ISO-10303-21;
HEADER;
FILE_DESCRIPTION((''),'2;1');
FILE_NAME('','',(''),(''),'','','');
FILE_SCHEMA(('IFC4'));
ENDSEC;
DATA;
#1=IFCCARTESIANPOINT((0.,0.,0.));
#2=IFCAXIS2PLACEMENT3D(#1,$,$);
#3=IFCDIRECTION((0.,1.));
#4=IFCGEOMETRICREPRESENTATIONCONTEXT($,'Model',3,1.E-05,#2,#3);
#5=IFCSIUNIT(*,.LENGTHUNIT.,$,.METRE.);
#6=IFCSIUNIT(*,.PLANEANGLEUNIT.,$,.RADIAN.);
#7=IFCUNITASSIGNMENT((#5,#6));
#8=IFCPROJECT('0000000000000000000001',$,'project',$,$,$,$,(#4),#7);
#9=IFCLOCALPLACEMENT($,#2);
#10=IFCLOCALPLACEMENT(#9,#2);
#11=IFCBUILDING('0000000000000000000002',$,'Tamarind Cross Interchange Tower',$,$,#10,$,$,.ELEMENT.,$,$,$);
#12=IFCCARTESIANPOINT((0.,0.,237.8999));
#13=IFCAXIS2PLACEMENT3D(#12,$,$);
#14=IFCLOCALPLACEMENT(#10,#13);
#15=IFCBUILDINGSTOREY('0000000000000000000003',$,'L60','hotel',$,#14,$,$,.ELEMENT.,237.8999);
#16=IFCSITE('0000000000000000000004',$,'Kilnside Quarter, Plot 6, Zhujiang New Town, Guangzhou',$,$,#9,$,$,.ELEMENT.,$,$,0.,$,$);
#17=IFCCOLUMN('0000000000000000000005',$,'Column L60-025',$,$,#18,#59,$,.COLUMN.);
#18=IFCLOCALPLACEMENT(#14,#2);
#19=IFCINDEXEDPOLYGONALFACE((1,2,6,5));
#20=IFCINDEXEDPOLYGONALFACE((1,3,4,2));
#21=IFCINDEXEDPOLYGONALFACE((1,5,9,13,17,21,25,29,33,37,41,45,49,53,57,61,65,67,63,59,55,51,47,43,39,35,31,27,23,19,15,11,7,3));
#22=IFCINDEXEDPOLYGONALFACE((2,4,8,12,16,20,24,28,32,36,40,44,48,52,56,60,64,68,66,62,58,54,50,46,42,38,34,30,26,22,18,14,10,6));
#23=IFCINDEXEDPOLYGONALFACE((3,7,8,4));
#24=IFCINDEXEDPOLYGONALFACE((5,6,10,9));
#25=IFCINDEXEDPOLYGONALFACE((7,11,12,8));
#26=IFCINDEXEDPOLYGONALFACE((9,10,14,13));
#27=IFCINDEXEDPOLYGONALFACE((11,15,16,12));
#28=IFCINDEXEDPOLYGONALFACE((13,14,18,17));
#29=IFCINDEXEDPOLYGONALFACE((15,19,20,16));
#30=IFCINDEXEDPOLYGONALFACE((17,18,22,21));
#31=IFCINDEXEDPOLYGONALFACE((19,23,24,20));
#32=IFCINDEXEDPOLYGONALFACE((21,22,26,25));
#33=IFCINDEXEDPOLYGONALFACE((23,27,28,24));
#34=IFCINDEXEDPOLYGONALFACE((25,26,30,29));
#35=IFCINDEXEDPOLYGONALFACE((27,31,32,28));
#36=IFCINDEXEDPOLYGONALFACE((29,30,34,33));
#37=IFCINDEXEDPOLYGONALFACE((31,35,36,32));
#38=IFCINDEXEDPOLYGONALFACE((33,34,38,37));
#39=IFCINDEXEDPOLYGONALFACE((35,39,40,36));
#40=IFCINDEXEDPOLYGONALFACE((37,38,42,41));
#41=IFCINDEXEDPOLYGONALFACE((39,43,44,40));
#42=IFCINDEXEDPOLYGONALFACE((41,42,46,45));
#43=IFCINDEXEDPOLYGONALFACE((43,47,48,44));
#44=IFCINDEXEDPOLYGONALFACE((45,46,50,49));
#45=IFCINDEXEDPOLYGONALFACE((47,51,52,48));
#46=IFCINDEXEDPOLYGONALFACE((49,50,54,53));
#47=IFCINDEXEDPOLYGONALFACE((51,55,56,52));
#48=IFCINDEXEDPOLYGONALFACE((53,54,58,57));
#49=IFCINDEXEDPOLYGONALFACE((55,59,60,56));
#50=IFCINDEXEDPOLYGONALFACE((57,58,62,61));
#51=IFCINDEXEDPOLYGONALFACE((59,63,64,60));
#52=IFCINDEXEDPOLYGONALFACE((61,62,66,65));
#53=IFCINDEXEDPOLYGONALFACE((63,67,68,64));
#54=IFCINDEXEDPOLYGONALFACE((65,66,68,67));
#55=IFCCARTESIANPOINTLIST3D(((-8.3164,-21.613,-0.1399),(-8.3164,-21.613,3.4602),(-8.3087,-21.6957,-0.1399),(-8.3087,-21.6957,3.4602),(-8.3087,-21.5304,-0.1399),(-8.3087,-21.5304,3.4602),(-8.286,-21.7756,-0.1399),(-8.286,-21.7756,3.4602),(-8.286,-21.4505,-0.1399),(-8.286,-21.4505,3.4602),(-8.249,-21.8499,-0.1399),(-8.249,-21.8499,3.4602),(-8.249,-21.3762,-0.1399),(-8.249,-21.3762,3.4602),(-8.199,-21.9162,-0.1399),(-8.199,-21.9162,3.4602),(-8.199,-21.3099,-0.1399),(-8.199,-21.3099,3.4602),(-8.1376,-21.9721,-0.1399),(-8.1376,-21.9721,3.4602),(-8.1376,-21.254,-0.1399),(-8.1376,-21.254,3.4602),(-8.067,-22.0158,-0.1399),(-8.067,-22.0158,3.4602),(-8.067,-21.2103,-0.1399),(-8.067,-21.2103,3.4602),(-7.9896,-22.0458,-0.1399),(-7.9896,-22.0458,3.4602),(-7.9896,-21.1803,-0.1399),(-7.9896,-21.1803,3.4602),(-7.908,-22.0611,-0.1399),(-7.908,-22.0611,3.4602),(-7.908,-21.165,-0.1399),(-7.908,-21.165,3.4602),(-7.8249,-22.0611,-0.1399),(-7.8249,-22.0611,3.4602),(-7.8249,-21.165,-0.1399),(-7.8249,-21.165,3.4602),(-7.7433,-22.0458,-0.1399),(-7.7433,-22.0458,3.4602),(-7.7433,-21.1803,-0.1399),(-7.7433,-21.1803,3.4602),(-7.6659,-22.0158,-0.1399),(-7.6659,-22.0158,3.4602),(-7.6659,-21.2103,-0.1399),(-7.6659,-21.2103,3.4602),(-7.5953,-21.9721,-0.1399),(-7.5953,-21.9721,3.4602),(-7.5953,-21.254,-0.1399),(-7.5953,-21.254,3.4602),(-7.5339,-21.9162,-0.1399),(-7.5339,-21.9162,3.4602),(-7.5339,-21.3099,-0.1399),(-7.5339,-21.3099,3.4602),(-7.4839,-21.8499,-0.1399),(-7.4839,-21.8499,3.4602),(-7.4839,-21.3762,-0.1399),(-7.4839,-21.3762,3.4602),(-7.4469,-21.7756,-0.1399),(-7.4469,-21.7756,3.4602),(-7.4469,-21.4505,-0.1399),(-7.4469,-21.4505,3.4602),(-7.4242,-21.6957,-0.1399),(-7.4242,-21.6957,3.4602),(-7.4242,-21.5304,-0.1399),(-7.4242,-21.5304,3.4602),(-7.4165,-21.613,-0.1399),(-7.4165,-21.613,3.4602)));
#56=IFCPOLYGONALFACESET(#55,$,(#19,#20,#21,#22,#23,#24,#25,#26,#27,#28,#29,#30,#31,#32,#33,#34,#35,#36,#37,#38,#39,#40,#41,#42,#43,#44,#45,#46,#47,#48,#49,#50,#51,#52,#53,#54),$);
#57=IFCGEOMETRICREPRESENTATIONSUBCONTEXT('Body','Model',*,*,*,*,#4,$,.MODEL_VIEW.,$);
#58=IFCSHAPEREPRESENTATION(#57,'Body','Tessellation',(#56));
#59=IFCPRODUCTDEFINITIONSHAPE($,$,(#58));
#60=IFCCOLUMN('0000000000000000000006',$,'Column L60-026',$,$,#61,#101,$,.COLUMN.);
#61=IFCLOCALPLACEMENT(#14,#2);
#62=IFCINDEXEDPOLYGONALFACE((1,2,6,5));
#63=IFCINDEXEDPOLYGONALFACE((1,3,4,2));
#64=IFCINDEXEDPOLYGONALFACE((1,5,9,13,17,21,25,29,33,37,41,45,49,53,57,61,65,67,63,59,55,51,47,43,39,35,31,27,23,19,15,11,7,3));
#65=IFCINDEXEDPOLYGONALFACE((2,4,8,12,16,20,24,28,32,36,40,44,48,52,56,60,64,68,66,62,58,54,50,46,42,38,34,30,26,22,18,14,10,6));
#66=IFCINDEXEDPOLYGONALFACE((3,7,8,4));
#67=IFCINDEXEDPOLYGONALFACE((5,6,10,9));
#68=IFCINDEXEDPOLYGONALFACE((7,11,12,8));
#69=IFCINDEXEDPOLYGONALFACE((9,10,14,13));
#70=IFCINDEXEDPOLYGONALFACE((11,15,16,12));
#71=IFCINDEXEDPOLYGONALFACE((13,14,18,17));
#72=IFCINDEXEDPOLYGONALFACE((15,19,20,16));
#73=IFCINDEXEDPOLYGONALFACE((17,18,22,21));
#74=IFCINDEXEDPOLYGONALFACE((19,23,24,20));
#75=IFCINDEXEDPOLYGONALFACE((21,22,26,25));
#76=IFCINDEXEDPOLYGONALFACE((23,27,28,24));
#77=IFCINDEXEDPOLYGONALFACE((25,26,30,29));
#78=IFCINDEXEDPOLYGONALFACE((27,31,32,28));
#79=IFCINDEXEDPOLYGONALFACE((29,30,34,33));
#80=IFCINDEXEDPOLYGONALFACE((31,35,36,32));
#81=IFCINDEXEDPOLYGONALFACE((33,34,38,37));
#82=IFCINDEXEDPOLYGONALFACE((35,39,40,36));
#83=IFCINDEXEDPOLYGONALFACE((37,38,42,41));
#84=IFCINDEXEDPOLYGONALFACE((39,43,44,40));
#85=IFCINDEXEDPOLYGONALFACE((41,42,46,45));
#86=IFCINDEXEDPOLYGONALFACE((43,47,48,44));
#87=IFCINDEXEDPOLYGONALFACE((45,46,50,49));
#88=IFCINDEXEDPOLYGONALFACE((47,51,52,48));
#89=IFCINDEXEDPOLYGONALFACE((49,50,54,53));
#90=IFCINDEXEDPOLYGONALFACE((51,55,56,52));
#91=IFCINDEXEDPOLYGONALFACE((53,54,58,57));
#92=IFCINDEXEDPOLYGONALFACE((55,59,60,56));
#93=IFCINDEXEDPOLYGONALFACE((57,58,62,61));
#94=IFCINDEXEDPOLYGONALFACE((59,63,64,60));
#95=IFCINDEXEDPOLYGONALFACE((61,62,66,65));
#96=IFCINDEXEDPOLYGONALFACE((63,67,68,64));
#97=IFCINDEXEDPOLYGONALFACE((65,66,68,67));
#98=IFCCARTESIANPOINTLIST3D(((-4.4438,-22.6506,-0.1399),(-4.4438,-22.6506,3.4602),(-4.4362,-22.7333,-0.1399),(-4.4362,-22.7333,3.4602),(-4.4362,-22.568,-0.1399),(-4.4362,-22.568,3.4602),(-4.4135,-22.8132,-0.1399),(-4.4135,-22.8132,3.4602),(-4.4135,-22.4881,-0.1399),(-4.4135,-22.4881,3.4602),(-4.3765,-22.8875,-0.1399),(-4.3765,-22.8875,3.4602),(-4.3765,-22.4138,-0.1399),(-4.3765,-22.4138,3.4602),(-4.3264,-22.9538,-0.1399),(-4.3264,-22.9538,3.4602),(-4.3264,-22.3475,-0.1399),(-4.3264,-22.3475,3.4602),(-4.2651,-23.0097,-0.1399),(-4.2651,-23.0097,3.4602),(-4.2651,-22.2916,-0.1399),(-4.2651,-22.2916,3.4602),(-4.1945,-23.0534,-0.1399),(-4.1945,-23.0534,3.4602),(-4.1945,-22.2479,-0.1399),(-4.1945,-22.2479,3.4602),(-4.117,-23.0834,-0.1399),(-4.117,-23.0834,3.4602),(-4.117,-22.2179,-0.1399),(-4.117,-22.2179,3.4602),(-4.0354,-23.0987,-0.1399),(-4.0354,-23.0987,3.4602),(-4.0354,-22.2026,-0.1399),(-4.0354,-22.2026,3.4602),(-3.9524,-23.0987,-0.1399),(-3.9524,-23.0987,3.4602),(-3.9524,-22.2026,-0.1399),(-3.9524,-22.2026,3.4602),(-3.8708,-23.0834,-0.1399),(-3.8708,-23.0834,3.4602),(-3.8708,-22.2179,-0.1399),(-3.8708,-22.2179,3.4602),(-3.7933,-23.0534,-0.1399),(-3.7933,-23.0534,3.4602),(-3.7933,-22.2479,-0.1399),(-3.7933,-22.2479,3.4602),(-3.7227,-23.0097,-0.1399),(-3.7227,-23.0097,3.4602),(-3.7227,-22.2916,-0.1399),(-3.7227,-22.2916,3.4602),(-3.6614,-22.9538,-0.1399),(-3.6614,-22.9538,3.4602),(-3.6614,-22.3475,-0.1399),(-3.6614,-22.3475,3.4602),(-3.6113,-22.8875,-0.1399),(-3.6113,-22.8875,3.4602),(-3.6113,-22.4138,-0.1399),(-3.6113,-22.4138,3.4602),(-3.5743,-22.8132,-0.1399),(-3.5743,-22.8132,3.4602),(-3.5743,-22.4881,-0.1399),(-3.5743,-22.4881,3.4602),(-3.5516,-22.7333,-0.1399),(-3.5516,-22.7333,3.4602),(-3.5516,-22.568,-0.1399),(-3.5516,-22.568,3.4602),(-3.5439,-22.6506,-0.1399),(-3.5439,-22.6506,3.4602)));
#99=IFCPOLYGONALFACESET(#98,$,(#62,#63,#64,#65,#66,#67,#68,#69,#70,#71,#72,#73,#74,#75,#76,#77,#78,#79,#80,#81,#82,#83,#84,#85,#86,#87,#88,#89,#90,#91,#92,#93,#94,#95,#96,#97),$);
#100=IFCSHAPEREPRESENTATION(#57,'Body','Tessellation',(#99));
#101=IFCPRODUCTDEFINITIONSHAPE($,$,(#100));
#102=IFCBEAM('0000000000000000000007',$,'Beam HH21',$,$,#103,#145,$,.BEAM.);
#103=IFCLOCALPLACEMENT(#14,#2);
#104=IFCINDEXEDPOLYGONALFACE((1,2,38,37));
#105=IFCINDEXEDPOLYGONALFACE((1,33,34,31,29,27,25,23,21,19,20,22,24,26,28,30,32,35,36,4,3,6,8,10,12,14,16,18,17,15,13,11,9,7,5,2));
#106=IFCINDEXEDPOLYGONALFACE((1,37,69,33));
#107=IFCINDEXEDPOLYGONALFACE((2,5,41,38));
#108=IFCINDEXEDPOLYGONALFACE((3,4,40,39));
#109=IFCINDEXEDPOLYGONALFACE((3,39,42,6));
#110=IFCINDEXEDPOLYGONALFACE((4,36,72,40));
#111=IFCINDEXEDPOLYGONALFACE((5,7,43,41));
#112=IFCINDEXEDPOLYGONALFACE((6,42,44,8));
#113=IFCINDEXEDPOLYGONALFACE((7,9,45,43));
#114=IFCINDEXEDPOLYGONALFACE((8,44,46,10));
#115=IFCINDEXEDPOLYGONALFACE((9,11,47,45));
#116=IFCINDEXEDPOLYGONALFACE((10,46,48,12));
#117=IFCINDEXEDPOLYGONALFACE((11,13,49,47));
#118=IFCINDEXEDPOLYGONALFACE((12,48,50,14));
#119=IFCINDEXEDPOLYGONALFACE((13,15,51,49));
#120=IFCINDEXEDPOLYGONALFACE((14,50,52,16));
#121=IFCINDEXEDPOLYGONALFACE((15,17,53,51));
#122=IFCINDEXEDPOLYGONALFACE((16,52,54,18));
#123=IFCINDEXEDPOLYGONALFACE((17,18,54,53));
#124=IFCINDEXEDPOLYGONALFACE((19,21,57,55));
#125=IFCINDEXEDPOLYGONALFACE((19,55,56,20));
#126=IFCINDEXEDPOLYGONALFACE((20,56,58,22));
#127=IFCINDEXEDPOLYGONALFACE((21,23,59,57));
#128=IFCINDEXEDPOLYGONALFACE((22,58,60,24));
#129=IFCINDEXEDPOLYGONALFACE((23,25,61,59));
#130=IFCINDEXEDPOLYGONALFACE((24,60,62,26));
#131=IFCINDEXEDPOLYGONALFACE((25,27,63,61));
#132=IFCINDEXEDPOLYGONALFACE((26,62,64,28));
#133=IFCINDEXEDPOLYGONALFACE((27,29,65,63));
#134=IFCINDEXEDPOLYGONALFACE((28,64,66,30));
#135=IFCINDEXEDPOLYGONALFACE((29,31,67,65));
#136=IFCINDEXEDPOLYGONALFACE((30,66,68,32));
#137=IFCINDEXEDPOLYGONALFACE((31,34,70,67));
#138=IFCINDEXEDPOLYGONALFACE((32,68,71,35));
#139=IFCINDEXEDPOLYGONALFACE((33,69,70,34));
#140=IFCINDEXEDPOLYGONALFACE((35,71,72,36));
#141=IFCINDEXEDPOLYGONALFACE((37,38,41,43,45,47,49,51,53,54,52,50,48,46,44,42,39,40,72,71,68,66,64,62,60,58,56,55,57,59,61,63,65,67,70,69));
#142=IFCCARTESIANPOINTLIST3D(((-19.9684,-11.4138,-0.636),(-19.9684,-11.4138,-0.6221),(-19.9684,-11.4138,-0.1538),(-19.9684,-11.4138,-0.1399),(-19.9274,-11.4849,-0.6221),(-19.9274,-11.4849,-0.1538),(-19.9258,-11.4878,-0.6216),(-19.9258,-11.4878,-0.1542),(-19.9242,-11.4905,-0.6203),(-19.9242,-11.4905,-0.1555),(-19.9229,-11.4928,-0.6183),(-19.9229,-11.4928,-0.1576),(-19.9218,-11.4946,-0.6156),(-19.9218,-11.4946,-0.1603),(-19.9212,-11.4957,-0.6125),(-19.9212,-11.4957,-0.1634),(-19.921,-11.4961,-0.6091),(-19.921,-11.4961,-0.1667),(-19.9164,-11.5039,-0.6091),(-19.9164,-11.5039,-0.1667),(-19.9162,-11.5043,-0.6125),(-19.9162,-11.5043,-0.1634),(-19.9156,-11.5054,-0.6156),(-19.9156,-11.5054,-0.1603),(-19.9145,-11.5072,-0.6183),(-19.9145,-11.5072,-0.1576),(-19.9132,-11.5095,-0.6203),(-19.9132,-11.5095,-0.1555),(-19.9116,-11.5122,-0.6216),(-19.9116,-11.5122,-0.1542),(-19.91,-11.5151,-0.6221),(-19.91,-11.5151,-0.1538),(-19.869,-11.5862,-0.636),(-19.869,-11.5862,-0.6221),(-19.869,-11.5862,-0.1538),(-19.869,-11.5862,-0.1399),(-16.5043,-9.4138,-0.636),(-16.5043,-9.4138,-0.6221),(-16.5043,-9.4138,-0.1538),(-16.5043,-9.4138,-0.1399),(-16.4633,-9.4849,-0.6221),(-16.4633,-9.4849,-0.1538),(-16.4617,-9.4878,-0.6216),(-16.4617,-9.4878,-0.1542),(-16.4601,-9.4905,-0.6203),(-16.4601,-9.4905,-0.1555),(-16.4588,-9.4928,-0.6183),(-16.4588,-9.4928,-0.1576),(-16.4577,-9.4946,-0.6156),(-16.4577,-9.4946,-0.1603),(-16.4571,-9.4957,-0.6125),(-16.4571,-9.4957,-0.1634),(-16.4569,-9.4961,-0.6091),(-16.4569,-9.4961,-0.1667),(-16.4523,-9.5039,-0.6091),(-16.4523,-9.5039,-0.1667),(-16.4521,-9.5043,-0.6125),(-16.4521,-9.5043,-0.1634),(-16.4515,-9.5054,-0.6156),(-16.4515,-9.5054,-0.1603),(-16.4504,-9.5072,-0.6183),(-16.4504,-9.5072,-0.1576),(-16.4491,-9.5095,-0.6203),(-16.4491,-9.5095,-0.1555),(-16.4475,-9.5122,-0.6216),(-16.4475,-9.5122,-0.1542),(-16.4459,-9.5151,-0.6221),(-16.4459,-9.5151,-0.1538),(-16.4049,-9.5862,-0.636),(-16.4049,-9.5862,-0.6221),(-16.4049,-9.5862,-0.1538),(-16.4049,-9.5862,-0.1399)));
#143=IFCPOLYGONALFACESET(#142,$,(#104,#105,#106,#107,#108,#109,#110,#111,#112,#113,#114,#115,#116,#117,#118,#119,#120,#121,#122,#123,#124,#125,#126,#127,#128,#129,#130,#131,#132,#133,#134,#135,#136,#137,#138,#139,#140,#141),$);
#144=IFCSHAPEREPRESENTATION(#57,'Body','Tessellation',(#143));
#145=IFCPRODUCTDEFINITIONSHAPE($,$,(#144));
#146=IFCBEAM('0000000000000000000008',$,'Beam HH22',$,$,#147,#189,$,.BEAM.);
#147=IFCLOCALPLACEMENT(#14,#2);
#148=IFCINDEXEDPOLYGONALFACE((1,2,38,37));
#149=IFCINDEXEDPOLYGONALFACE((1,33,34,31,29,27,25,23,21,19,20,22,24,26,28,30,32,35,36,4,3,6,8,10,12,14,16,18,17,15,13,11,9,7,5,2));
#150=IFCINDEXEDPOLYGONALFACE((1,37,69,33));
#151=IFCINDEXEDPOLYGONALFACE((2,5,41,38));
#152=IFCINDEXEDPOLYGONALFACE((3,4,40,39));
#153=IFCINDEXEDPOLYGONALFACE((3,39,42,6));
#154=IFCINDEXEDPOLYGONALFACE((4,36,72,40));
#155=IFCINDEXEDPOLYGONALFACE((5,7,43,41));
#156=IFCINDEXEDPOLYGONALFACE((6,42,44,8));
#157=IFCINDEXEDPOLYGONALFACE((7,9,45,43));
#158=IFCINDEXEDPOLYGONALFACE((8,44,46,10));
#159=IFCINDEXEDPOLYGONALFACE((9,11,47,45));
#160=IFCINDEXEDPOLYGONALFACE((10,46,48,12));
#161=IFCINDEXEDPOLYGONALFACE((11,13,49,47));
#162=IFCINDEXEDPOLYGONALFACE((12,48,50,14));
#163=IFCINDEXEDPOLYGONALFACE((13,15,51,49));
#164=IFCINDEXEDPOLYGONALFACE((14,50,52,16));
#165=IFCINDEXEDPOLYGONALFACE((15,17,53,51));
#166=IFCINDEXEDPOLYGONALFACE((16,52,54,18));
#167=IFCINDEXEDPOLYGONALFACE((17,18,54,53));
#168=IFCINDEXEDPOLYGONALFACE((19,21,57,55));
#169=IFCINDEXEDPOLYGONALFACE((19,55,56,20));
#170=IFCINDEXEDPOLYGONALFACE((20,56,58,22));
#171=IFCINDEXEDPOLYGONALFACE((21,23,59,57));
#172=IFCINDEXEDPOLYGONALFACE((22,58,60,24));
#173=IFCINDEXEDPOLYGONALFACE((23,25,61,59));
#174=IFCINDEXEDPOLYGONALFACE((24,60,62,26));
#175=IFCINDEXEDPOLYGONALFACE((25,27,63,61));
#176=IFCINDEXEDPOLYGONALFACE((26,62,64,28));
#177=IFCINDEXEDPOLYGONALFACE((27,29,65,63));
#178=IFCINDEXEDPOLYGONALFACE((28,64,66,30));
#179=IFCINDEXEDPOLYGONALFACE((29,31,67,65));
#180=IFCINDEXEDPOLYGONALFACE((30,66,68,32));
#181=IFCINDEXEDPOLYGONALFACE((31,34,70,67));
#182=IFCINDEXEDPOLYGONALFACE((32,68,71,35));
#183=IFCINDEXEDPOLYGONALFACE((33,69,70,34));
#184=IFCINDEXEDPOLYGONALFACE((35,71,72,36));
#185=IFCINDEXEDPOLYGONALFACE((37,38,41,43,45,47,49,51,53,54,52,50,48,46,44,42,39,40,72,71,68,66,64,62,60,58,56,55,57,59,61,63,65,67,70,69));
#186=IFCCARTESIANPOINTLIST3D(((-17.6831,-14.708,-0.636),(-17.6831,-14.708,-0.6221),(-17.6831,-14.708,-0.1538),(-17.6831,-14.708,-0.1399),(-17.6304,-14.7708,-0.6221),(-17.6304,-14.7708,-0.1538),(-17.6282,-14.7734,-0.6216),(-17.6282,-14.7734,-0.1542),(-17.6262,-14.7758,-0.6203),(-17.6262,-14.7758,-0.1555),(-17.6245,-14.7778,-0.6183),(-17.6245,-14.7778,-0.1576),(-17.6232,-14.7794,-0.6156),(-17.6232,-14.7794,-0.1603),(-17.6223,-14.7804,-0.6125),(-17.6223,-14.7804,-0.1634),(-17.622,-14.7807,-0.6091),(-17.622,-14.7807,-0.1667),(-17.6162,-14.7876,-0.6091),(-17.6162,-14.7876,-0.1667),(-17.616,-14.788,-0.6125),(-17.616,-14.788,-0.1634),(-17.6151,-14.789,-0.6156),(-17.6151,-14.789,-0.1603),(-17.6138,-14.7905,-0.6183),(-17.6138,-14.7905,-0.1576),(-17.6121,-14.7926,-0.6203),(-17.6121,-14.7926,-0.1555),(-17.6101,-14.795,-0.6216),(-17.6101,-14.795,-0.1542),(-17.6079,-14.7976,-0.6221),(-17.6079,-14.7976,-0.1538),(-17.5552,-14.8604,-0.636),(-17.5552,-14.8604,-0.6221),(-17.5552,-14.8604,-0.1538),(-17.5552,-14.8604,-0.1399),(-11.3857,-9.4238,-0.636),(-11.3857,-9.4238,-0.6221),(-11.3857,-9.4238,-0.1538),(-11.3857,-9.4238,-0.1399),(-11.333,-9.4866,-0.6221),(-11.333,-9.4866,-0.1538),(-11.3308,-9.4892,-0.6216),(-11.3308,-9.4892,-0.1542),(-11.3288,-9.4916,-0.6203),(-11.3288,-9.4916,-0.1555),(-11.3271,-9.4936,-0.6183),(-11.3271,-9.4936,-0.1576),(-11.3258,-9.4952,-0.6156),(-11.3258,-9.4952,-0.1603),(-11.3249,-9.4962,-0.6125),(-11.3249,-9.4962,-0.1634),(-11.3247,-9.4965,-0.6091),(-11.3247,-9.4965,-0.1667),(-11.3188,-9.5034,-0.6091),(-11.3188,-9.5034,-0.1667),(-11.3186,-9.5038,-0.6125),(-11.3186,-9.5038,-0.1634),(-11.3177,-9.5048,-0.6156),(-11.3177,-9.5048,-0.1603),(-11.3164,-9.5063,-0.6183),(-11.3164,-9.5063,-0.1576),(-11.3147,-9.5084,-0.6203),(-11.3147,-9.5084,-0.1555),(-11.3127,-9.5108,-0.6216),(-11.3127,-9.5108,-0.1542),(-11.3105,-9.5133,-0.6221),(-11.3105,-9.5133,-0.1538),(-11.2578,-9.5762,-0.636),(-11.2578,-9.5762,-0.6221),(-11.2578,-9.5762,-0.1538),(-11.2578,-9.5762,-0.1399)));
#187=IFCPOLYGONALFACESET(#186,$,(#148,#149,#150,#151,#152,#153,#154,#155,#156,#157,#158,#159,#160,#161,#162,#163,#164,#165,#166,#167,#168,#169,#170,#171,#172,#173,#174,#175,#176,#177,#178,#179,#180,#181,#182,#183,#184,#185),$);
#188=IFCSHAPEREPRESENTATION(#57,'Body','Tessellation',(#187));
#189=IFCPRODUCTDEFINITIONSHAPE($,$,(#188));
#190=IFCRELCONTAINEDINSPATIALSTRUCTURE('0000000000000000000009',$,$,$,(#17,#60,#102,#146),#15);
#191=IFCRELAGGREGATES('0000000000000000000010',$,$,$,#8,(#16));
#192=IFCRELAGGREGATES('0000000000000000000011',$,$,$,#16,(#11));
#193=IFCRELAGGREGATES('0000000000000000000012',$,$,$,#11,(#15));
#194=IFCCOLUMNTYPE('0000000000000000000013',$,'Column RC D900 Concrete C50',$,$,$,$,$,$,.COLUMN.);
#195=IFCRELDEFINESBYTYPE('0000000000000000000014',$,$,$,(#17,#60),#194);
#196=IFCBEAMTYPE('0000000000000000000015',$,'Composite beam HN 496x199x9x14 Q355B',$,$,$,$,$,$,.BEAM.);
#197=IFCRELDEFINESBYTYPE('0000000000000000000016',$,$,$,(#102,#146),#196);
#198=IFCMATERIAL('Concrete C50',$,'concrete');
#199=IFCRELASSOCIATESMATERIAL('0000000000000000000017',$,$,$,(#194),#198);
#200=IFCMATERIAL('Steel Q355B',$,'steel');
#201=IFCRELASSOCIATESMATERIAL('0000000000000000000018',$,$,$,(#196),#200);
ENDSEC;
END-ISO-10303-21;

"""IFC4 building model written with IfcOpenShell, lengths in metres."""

from ifc_helpers import new_model, si_unit, direction, frame, origin, origin_2d, place, context, subcontext, project, spatial, circle, i_section, extrude, material, material_profile, profile_set, type_object, element, save


model = new_model("IFC4")

# Units and contexts
model_context = context("Model", 3, precision=1e-05, world=origin(), true_north=direction((0.0, 1.0)))
body_context = subcontext(model_context, "Body", "Model", "MODEL_VIEW")
ifc_project = project(units=[si_unit("LENGTHUNIT", "METRE"), si_unit("PLANEANGLEUNIT", "RADIAN")], contexts=[model_context])

# Site, building, storey
site_placement = place(None, origin())
site = spatial("IfcSite", under=ifc_project, at=site_placement, Name="Kilnside Quarter, Plot 6, Zhujiang New Town, Guangzhou", CompositionType="ELEMENT", RefElevation=0.0)
building_placement = place(site_placement, origin())
building = spatial("IfcBuilding", under=site, at=building_placement, Name="Tamarind Cross Interchange Tower", CompositionType="ELEMENT")
storey_placement = place(building_placement, frame((0.0, 0.0, 237.8999)))
storey = spatial("IfcBuildingStorey", under=building, at=storey_placement, Name="L60", Description="hotel", CompositionType="ELEMENT", Elevation=237.8999)

# Columns
ifc_material_1 = material(Name="Concrete C50", Category="concrete")
ifc_material_profile_1 = material_profile(ifc_material_1, circle(Radius=0.45, at=origin_2d()), Name="RC D900")
ifc_profile_set_1 = profile_set([ifc_material_profile_1], Name="Concrete C50")
column_type = type_object("IfcColumnType", Name="Column RC D900 Concrete C50", PredefinedType="COLUMN", material=ifc_profile_set_1)
for number, where, z_axis, x_axis, name in (
    (1, (-7.8665, -21.613, -0.1399), (0.0, 0.0, 1.0), (1.0, 0.0, 0.0), "Column L60-025"),
    (2, (-3.9939, -22.6506, -0.1399), (0.0, 0.0, 1.0), (1.0, 0.0, 0.0), "Column L60-026"),
):
    element("IfcColumn", number, at=place(storey_placement, frame(where, z_axis=z_axis, x_axis=x_axis)), inside=storey, type_object=column_type, Name=name, PredefinedType="COLUMN", context=body_context, shape_type="SweptSolid", body=[
        extrude(circle(Radius=0.45, at=origin_2d()), origin(), (0.0, 0.0, 1.0), 3.6001),
    ])

# Beams
ifc_material_2 = material(Name="Steel Q355B", Category="steel")
ifc_material_profile_2 = material_profile(ifc_material_2, i_section(OverallWidth=0.199, OverallDepth=0.4961, WebThickness=0.009, FlangeThickness=0.0139, FilletRadius=0.0129, at=origin_2d()), Name="HN 496x199x9x14")
ifc_profile_set_2 = profile_set([ifc_material_profile_2], Name="Steel Q355B")
beam_type = type_object("IfcBeamType", Name="Composite beam HN 496x199x9x14 Q355B", PredefinedType="BEAM", material=ifc_profile_set_2)
beam_1_placement = place(storey_placement, frame((-19.9187, -11.5, -0.3879), z_axis=(0.866026, 0.499999, 0.0), x_axis=(-0.499999, 0.866026, 0.0)))
element("IfcBeam", 3, at=beam_1_placement, inside=storey, type_object=beam_type, Name="Beam HH21", PredefinedType="BEAM", context=body_context, shape_type="SweptSolid", body=[
    extrude(i_section(OverallWidth=0.199, OverallDepth=0.4961, WebThickness=0.009, FlangeThickness=0.0139, FilletRadius=0.0129, at=origin_2d()), origin(), (0.0, 0.0, 1.0), 4.0),
])
beam_2_placement = place(storey_placement, frame((-17.6191, -14.7842, -0.3879), z_axis=(0.766041, 0.642792, 0.0), x_axis=(-0.642792, 0.766041, 0.0)))
element("IfcBeam", 4, at=beam_2_placement, inside=storey, type_object=beam_type, Name="Beam HH22", PredefinedType="BEAM", context=body_context, shape_type="SweptSolid", body=[
    extrude(i_section(OverallWidth=0.199, OverallDepth=0.4961, WebThickness=0.009, FlangeThickness=0.0139, FilletRadius=0.0129, at=origin_2d()), origin(), (0.0, 0.0, 1.0), 8.2207),
])

save(model, "model.ifc")
